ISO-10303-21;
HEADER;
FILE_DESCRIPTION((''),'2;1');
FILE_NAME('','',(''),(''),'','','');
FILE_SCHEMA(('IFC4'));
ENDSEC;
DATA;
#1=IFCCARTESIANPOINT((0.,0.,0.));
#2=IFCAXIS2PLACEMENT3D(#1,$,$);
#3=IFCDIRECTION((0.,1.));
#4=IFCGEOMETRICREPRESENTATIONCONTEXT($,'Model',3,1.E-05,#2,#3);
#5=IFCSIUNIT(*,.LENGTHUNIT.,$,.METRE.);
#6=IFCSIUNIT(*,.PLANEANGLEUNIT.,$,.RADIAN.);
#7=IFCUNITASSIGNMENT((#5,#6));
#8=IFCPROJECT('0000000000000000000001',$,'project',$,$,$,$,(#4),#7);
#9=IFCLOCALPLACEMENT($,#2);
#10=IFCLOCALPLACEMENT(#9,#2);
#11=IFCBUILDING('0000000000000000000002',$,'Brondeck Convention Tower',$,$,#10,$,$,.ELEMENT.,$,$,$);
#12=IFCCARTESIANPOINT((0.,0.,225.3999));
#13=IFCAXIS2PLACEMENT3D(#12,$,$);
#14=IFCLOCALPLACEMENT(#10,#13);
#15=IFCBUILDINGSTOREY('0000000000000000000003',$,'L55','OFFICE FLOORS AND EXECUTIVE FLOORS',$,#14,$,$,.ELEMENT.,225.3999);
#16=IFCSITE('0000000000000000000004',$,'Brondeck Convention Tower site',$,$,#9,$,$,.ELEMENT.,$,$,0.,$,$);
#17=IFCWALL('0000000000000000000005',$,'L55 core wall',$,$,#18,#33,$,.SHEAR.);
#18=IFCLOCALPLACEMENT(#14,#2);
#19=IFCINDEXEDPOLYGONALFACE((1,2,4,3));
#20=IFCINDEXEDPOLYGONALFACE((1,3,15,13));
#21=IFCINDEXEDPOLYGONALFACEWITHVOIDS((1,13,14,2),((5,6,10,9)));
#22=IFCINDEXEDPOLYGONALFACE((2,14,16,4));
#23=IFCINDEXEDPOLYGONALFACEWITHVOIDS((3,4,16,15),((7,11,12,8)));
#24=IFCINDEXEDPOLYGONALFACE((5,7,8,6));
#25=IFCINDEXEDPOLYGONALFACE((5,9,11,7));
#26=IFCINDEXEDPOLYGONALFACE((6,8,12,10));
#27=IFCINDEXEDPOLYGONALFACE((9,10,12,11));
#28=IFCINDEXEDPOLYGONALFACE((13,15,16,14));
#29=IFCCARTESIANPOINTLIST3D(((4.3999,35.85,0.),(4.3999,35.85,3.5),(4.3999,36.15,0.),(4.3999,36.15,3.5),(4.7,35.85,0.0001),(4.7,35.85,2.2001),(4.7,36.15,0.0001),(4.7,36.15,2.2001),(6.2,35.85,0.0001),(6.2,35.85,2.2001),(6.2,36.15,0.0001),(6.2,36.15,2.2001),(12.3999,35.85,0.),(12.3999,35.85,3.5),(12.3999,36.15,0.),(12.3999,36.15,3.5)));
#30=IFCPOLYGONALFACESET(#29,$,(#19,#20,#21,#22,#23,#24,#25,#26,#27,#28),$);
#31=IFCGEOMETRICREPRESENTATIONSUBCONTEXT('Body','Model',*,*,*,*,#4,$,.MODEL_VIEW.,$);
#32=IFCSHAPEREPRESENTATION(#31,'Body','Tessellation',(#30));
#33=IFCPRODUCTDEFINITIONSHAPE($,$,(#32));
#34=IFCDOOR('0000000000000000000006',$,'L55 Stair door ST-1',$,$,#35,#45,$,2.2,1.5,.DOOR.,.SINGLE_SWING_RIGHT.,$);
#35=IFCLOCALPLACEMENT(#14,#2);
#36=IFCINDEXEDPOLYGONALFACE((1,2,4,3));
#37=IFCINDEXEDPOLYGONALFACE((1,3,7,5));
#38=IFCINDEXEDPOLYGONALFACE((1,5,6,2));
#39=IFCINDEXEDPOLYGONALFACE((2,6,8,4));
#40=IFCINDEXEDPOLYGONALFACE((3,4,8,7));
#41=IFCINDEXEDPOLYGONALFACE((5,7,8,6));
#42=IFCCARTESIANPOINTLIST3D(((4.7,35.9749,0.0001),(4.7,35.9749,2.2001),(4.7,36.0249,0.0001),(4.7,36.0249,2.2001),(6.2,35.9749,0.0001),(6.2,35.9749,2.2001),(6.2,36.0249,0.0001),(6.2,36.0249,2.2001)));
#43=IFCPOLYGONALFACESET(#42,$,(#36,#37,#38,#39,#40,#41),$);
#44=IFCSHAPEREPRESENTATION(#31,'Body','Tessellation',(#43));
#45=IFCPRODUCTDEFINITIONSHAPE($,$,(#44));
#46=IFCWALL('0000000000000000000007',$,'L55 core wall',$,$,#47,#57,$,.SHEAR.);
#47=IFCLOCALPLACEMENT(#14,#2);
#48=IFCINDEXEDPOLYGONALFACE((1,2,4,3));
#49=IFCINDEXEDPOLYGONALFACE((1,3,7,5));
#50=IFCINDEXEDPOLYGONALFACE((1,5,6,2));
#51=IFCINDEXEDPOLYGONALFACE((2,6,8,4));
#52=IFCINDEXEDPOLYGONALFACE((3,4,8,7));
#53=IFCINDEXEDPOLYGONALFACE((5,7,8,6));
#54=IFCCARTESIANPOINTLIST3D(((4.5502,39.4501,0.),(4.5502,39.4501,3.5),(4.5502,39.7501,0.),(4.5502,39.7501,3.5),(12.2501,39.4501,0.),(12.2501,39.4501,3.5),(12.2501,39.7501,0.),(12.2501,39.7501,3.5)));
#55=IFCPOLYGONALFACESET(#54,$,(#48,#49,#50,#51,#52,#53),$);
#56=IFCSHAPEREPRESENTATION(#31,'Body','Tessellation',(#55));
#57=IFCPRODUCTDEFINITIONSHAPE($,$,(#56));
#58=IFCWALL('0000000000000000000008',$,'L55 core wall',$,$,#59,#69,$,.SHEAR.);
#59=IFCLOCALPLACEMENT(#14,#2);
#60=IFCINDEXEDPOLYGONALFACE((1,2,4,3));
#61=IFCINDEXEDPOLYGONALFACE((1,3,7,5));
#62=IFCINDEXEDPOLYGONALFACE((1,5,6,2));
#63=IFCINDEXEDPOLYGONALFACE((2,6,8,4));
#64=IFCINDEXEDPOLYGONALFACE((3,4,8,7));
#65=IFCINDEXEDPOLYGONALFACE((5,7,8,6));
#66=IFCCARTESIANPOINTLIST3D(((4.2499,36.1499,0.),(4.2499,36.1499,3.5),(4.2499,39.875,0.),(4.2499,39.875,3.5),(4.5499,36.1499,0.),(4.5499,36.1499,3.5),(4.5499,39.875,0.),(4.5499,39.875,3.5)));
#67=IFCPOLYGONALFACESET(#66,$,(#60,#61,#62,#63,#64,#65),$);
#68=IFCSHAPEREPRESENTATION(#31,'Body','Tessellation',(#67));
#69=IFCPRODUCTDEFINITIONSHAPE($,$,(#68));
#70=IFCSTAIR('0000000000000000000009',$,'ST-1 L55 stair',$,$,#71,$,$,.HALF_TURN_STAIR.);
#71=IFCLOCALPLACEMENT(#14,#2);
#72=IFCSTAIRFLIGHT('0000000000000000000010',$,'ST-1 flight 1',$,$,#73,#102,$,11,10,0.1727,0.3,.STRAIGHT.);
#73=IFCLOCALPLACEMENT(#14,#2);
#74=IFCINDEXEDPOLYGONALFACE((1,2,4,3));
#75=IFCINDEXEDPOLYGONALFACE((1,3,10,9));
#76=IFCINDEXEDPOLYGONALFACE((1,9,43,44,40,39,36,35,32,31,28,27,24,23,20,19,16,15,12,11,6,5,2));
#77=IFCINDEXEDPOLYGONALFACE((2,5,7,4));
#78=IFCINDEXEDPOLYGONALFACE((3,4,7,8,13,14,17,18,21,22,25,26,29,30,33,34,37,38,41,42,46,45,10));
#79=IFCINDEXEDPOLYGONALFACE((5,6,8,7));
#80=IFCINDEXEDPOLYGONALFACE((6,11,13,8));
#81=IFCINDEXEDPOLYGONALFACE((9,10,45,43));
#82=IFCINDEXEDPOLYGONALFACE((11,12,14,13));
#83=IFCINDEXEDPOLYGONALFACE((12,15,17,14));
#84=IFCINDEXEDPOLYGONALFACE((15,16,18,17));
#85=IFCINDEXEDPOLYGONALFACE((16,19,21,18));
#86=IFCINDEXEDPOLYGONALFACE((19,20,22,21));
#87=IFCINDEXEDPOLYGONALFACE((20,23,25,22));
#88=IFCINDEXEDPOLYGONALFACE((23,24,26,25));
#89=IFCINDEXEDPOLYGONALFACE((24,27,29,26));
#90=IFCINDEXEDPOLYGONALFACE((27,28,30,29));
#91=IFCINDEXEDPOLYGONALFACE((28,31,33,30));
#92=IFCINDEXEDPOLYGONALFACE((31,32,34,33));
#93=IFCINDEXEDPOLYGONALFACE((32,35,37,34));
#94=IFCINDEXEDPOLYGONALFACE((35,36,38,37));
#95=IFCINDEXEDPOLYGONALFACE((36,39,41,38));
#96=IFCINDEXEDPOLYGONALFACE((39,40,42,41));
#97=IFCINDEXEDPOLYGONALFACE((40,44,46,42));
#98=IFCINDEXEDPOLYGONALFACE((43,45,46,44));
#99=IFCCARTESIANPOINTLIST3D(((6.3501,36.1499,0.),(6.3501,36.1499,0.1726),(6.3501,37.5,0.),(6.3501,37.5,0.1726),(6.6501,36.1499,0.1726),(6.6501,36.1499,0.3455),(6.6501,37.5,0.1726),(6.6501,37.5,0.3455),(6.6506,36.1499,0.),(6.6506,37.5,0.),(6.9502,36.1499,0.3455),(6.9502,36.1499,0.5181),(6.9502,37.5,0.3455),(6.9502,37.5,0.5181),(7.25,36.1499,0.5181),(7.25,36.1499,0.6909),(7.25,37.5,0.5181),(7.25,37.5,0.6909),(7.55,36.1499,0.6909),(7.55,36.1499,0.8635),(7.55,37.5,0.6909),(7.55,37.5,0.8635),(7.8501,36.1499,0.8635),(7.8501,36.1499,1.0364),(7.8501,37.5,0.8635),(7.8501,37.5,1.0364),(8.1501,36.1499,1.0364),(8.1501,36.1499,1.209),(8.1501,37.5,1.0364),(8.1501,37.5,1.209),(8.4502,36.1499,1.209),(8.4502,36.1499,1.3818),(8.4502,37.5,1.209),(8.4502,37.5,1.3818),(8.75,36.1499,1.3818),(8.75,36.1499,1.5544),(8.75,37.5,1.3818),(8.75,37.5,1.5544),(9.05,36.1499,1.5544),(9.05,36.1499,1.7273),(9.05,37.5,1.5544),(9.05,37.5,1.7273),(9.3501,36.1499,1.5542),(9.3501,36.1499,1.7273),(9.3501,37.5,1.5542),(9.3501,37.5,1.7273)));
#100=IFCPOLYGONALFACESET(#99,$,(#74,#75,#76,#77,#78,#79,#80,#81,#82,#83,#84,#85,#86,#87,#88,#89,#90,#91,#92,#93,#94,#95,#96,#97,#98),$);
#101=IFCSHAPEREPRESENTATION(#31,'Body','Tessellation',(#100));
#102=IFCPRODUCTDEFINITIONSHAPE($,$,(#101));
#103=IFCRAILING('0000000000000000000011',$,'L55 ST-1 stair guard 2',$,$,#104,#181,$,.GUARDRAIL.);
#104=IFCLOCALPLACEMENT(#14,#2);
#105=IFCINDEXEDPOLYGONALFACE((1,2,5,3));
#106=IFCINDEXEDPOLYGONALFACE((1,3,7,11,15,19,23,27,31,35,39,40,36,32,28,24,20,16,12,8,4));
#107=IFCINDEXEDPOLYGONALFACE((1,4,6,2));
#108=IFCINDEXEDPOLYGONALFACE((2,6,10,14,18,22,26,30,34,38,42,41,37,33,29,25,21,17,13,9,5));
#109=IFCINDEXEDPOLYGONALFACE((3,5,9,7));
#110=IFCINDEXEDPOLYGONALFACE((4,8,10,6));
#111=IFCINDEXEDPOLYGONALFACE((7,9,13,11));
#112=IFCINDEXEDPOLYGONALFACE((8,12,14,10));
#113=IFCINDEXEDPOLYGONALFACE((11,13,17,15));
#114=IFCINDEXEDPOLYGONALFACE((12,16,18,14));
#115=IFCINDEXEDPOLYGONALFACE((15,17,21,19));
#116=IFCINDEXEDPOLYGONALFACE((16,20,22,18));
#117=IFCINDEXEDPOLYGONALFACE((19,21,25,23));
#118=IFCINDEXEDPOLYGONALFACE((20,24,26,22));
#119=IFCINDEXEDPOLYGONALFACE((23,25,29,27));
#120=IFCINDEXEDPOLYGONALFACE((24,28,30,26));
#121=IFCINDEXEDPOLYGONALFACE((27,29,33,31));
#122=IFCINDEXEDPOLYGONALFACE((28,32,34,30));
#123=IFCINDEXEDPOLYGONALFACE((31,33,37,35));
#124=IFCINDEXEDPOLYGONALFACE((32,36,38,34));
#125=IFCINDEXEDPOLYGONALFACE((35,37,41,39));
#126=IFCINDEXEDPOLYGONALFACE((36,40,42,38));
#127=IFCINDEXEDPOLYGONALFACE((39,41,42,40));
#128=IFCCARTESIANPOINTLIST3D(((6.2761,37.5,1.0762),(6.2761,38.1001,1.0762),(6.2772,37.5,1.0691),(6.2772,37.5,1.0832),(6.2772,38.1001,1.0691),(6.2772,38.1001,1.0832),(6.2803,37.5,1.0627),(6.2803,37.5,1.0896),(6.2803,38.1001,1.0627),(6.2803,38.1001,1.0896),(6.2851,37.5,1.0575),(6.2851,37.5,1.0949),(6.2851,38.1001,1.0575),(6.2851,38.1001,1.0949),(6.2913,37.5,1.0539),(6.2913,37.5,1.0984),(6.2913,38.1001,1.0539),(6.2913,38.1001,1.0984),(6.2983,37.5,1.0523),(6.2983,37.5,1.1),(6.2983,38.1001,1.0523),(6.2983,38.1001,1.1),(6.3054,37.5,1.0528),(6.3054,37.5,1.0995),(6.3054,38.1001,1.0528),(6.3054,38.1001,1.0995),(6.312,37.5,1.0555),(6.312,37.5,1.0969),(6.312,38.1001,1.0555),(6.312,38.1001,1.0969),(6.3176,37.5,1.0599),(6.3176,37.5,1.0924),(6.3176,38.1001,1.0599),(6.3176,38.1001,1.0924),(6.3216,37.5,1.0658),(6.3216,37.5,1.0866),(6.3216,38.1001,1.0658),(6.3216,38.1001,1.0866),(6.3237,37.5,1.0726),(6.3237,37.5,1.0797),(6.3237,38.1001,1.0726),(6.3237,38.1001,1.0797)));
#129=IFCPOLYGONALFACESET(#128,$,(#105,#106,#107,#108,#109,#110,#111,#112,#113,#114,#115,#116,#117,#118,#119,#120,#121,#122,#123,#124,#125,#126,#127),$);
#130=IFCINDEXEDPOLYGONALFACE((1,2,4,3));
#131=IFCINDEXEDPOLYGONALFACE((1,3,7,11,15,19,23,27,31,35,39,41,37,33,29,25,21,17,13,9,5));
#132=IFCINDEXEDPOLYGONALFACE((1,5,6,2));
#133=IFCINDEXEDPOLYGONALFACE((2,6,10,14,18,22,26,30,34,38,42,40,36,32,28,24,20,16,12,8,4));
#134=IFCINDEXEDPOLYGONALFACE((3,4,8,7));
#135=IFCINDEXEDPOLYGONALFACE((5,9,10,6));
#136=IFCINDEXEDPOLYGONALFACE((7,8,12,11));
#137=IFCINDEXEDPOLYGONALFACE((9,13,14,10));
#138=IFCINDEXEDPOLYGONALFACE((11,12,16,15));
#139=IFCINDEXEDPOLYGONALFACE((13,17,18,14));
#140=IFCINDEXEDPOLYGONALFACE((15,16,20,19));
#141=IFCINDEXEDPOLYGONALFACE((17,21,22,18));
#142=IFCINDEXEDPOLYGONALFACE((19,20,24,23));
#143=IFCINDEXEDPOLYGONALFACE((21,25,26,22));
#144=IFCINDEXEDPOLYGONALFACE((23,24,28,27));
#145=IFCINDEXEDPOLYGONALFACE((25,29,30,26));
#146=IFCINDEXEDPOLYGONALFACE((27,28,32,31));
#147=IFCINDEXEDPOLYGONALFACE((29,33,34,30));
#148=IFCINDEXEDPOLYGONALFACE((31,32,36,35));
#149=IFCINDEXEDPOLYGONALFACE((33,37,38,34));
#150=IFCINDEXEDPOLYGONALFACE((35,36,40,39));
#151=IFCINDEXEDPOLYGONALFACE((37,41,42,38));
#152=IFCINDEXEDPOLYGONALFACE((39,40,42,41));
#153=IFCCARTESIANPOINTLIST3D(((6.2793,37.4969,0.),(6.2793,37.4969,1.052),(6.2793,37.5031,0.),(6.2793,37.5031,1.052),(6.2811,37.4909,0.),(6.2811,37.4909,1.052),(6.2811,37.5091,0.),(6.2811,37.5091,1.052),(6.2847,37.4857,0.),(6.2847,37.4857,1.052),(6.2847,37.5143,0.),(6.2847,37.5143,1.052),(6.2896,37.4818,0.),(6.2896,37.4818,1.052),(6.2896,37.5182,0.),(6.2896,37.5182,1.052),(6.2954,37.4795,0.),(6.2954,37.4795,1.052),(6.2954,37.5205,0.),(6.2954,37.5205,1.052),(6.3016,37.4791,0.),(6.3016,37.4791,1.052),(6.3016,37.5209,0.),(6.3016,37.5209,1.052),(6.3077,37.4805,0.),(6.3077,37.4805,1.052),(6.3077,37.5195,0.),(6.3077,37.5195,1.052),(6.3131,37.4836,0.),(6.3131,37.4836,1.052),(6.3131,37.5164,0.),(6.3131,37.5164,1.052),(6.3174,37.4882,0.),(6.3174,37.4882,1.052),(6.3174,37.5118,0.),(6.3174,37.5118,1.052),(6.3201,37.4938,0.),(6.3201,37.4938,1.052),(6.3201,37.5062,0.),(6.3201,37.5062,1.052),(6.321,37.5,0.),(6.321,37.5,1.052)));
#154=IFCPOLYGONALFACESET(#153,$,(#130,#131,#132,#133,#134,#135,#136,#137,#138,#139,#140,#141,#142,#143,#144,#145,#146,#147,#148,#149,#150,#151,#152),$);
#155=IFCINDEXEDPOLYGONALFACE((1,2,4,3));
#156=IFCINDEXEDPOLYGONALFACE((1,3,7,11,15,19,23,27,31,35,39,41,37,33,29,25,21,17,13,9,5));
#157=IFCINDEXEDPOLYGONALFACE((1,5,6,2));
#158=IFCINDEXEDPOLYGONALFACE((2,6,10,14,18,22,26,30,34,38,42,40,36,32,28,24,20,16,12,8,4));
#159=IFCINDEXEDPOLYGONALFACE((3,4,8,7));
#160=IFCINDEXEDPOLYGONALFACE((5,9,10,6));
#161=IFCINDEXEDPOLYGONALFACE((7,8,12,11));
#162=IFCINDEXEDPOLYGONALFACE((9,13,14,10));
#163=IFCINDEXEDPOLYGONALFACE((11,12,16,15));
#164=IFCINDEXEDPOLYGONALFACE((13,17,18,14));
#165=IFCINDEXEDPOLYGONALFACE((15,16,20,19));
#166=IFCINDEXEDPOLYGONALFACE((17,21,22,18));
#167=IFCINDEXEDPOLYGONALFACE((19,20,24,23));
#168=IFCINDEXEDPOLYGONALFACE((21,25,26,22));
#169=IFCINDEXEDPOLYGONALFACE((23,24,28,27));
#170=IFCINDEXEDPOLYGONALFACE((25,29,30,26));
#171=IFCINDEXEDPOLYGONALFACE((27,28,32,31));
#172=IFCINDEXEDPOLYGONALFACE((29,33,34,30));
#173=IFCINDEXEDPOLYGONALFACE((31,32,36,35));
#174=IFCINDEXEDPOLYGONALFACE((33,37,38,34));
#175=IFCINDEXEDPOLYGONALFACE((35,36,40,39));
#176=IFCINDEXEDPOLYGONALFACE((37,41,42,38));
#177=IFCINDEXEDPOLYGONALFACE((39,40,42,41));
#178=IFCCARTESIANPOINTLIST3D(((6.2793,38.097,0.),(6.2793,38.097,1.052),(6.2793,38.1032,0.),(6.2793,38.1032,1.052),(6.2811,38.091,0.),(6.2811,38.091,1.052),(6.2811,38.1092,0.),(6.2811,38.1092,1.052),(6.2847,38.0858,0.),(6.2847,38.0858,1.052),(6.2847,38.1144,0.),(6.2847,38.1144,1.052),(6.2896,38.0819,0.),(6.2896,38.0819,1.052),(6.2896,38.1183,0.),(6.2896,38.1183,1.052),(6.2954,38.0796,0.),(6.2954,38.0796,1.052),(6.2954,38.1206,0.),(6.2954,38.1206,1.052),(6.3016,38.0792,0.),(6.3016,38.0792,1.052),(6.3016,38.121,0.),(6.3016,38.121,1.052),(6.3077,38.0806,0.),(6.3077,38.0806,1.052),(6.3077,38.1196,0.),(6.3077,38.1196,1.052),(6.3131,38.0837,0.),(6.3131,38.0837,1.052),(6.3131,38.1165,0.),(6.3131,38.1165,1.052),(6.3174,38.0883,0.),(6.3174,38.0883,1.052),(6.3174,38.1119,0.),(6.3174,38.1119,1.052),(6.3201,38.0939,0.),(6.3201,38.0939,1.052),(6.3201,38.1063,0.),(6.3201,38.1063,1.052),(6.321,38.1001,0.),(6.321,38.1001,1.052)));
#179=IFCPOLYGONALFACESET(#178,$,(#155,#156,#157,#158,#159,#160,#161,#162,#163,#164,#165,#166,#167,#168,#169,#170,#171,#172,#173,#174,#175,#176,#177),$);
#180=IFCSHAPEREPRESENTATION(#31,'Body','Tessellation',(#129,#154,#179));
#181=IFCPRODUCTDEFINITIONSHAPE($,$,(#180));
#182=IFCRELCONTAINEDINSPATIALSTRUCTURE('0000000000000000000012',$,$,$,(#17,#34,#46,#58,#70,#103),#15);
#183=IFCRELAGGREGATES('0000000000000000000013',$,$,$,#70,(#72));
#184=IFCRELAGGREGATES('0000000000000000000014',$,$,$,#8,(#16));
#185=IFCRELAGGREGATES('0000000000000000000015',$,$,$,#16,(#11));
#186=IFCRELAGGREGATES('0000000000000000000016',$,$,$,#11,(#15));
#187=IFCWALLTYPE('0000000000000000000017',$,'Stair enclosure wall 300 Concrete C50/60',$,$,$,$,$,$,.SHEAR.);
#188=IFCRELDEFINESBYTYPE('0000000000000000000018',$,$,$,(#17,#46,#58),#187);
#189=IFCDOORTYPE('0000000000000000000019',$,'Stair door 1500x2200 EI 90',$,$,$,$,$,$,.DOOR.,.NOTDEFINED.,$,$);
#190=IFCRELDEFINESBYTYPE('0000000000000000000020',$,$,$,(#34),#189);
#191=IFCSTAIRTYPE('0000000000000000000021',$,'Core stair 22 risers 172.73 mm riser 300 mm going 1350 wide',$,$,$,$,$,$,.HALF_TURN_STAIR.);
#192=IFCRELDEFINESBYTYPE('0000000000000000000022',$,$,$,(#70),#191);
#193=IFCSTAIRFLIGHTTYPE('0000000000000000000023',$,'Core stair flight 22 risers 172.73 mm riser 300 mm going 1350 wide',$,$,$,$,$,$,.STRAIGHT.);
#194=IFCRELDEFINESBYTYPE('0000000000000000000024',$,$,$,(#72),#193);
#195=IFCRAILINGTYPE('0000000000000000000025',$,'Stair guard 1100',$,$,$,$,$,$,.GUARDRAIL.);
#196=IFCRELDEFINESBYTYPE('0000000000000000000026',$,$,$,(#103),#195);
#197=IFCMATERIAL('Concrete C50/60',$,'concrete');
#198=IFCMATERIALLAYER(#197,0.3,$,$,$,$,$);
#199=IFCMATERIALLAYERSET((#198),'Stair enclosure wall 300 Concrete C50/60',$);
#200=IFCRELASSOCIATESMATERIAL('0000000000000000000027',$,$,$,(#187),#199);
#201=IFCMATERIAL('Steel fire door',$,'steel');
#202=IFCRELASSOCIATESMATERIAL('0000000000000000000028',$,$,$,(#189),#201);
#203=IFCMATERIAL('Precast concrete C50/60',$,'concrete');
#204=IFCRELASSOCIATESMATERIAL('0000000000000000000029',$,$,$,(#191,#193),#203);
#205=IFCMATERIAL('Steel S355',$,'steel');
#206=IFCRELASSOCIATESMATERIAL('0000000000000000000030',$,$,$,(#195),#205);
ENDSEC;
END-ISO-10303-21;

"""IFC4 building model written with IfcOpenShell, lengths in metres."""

from ifc_helpers import new_model, si_unit, direction, frame, frame_2d, origin, origin_2d, place, context, subcontext, project, spatial, polyline, rectangle, circle, outline, extrude, material, layer, layer_set, type_object, element, fill, aggregate, save


model = new_model("IFC4")

# Units and contexts
model_context = context("Model", 3, precision=1e-05, world=origin(), true_north=direction((0.0, 1.0)))
body_context = subcontext(model_context, "Body", "Model", "MODEL_VIEW")
ifc_project = project(units=[si_unit("LENGTHUNIT", "METRE"), si_unit("PLANEANGLEUNIT", "RADIAN")], contexts=[model_context])

# Site, building, storey
site_placement = place(None, origin())
site = spatial("IfcSite", under=ifc_project, at=site_placement, Name="Brondeck Convention Tower site", CompositionType="ELEMENT", RefElevation=0.0)
building_placement = place(site_placement, origin())
building = spatial("IfcBuilding", under=site, at=building_placement, Name="Brondeck Convention Tower", CompositionType="ELEMENT")
storey_placement = place(building_placement, frame((0.0, 0.0, 225.3999)))
storey = spatial("IfcBuildingStorey", under=building, at=storey_placement, Name="L55", Description="OFFICE FLOORS AND EXECUTIVE FLOORS", CompositionType="ELEMENT", Elevation=225.3999)

# Shared definitions
ifc_material_1 = material(Name="Concrete C50/60", Category="concrete")

# Shared definitions
ifc_material_2 = material(Name="Steel fire door", Category="steel")

# Wall, opening, door
ifc_layer_1 = layer(ifc_material_1, 0.3)
ifc_layer_set_1 = layer_set([ifc_layer_1], Name="Stair enclosure wall 300 Concrete C50/60")
wall_type_1 = type_object("IfcWallType", Name="Stair enclosure wall 300 Concrete C50/60", PredefinedType="SHEAR", material=ifc_layer_set_1)
wall_1_placement = place(storey_placement, frame((4.3999, 36.0, 0.0), z_axis=(0.0, 0.0, 1.0), x_axis=(1.0, 0.0, 0.0)))
wall_1 = element("IfcWall", 1, at=wall_1_placement, inside=storey, type_object=wall_type_1, Name="L55 core wall", PredefinedType="SHEAR", context=body_context, shape_type="SweptSolid", body=[
    extrude(rectangle(XDim=8.0, YDim=0.3, at=frame_2d((4.0, 0.0))), origin(), (0.0, 0.0, 1.0), 3.5),
])
opening_1_placement = place(wall_1_placement, frame((0.3, 0.0, 0.0)))
opening_1 = element("IfcOpeningElement", 2, at=opening_1_placement, cuts=wall_1, PredefinedType="OPENING", context=body_context, shape_type="SweptSolid", body=[
    extrude(rectangle(XDim=1.5, YDim=2.2, at=frame_2d((0.75, 1.1001))), frame((0.0, 0.1599, 0.0), z_axis=(0.0, -1.0, 0.0), x_axis=(1.0, 0.0, 0.0)), (0.0, 0.0, 1.0), 0.3201),
])
door_type_1 = type_object("IfcDoorType", Name="Stair door 1500x2200 EI 90", OperationType="NOTDEFINED", PredefinedType="DOOR", material=ifc_material_2)
door_1_placement = place(opening_1_placement, origin())
door_1 = element("IfcDoor", 3, at=door_1_placement, inside=storey, type_object=door_type_1, Name="L55 Stair door ST-1", OperationType="SINGLE_SWING_RIGHT", OverallHeight=2.2, OverallWidth=1.5, PredefinedType="DOOR", context=body_context, shape_type="SweptSolid", body=[
    extrude(rectangle(XDim=1.5, YDim=2.2, at=frame_2d((0.75, 1.1001))), frame((0.0, 0.0249, 0.0), z_axis=(0.0, -1.0, 0.0), x_axis=(1.0, 0.0, 0.0)), (0.0, 0.0, 1.0), 0.05),
])
fill(opening_1, door_1)

# Walls
wall_2_placement = place(storey_placement, frame((4.55, 39.6001, 0.0), z_axis=(0.0, 0.0, 1.0), x_axis=(1.0, 0.0, 0.0)))
element("IfcWall", 4, at=wall_2_placement, inside=storey, type_object=wall_type_1, Name="L55 core wall", PredefinedType="SHEAR", context=body_context, shape_type="SweptSolid", body=[
    extrude(rectangle(XDim=7.7, YDim=0.3, at=frame_2d((3.8501, 0.0))), origin(), (0.0, 0.0, 1.0), 3.5),
])
wall_3_placement = place(storey_placement, frame((4.3999, 36.1499, 0.0), z_axis=(0.0, 0.0, 1.0), x_axis=(0.0, 1.0, 0.0)))
element("IfcWall", 5, at=wall_3_placement, inside=storey, type_object=wall_type_1, Name="L55 core wall", PredefinedType="SHEAR", context=body_context, shape_type="SweptSolid", body=[
    extrude(rectangle(XDim=3.7251, YDim=0.3, at=frame_2d((1.8625, 0.0))), origin(), (0.0, 0.0, 1.0), 3.5),
])

# Stair, stair flight
ifc_material_3 = material(Name="Precast concrete C50/60", Category="concrete")
stair_type = type_object("IfcStairType", Name="Core stair 22 risers 172.73 mm riser 300 mm going 1350 wide", PredefinedType="HALF_TURN_STAIR", material=ifc_material_3)
stair_placement = place(storey_placement, origin())
stair = element("IfcStair", 6, at=stair_placement, inside=storey, type_object=stair_type, Name="ST-1 L55 stair", PredefinedType="HALF_TURN_STAIR")
stair_flight_type = type_object("IfcStairFlightType", Name="Core stair flight 22 risers 172.73 mm riser 300 mm going 1350 wide", PredefinedType="STRAIGHT", material=ifc_material_3)
stair_flight_placement = place(storey_placement, frame((6.3501, 36.825, 0.0), z_axis=(0.0, 0.0, 1.0), x_axis=(1.0, 0.0, 0.0)))
stair_flight = element("IfcStairFlight", 7, at=stair_flight_placement, type_object=stair_flight_type, Name="ST-1 flight 1", NumberOfRisers=11, NumberOfTreads=10, PredefinedType="STRAIGHT", RiserHeight=0.1727, TreadLength=0.3, context=body_context, shape_type="SweptSolid", body=[
    extrude(outline(polyline([(0.0, 0.0), (0.0, 0.1726), (0.3, 0.1726), (0.3, 0.3455), (0.6001, 0.3455), (0.6001, 0.5181), (0.8999, 0.5181), (0.8999, 0.6909), (1.2, 0.6909), (1.2, 0.8635), (1.5, 0.8635), (1.5, 1.0364), (1.8, 1.0364), (1.8, 1.209), (2.1001, 1.209), (2.1001, 1.3818), (2.3999, 1.3818), (2.3999, 1.5544), (2.7, 1.5544), (2.7, 1.7273), (3.0, 1.7273), (3.0, 1.8999), (3.0, 1.5542), (0.3005, 0.0), (0.0, 0.0)])), frame((0.0, 0.675, 0.0), z_axis=(0.0, -1.0, 0.0), x_axis=(1.0, 0.0, 0.0)), (0.0, 0.0, 1.0), 1.3501),
])
aggregate(stair, [stair_flight])

# Railing
ifc_material_4 = material(Name="Steel S355", Category="steel")
railing_type_1 = type_object("IfcRailingType", Name="Stair guard 1100", PredefinedType="GUARDRAIL", material=ifc_material_4)
railing_1_placement = place(storey_placement, frame((6.3, 37.5, 0.0)))
element("IfcRailing", 8, at=railing_1_placement, inside=storey, type_object=railing_type_1, Name="L55 ST-1 stair guard 2", PredefinedType="GUARDRAIL", context=body_context, shape_type="SweptSolid", body=[
    extrude(circle(Radius=0.0239, at=origin_2d()), frame((0.0, 0.0, 1.0762), z_axis=(0.0, 1.0, 0.0), x_axis=(-1.0, 0.0, 0.0)), (0.0, 0.0, 1.0), 0.6001),
    extrude(circle(Radius=0.021, at=origin_2d()), origin(), (0.0, 0.0, 1.0), 1.052),
    extrude(circle(Radius=0.021, at=origin_2d()), frame((0.0, 0.6001, 0.0)), (0.0, 0.0, 1.0), 1.052),
])

save(model, "model.ifc")
